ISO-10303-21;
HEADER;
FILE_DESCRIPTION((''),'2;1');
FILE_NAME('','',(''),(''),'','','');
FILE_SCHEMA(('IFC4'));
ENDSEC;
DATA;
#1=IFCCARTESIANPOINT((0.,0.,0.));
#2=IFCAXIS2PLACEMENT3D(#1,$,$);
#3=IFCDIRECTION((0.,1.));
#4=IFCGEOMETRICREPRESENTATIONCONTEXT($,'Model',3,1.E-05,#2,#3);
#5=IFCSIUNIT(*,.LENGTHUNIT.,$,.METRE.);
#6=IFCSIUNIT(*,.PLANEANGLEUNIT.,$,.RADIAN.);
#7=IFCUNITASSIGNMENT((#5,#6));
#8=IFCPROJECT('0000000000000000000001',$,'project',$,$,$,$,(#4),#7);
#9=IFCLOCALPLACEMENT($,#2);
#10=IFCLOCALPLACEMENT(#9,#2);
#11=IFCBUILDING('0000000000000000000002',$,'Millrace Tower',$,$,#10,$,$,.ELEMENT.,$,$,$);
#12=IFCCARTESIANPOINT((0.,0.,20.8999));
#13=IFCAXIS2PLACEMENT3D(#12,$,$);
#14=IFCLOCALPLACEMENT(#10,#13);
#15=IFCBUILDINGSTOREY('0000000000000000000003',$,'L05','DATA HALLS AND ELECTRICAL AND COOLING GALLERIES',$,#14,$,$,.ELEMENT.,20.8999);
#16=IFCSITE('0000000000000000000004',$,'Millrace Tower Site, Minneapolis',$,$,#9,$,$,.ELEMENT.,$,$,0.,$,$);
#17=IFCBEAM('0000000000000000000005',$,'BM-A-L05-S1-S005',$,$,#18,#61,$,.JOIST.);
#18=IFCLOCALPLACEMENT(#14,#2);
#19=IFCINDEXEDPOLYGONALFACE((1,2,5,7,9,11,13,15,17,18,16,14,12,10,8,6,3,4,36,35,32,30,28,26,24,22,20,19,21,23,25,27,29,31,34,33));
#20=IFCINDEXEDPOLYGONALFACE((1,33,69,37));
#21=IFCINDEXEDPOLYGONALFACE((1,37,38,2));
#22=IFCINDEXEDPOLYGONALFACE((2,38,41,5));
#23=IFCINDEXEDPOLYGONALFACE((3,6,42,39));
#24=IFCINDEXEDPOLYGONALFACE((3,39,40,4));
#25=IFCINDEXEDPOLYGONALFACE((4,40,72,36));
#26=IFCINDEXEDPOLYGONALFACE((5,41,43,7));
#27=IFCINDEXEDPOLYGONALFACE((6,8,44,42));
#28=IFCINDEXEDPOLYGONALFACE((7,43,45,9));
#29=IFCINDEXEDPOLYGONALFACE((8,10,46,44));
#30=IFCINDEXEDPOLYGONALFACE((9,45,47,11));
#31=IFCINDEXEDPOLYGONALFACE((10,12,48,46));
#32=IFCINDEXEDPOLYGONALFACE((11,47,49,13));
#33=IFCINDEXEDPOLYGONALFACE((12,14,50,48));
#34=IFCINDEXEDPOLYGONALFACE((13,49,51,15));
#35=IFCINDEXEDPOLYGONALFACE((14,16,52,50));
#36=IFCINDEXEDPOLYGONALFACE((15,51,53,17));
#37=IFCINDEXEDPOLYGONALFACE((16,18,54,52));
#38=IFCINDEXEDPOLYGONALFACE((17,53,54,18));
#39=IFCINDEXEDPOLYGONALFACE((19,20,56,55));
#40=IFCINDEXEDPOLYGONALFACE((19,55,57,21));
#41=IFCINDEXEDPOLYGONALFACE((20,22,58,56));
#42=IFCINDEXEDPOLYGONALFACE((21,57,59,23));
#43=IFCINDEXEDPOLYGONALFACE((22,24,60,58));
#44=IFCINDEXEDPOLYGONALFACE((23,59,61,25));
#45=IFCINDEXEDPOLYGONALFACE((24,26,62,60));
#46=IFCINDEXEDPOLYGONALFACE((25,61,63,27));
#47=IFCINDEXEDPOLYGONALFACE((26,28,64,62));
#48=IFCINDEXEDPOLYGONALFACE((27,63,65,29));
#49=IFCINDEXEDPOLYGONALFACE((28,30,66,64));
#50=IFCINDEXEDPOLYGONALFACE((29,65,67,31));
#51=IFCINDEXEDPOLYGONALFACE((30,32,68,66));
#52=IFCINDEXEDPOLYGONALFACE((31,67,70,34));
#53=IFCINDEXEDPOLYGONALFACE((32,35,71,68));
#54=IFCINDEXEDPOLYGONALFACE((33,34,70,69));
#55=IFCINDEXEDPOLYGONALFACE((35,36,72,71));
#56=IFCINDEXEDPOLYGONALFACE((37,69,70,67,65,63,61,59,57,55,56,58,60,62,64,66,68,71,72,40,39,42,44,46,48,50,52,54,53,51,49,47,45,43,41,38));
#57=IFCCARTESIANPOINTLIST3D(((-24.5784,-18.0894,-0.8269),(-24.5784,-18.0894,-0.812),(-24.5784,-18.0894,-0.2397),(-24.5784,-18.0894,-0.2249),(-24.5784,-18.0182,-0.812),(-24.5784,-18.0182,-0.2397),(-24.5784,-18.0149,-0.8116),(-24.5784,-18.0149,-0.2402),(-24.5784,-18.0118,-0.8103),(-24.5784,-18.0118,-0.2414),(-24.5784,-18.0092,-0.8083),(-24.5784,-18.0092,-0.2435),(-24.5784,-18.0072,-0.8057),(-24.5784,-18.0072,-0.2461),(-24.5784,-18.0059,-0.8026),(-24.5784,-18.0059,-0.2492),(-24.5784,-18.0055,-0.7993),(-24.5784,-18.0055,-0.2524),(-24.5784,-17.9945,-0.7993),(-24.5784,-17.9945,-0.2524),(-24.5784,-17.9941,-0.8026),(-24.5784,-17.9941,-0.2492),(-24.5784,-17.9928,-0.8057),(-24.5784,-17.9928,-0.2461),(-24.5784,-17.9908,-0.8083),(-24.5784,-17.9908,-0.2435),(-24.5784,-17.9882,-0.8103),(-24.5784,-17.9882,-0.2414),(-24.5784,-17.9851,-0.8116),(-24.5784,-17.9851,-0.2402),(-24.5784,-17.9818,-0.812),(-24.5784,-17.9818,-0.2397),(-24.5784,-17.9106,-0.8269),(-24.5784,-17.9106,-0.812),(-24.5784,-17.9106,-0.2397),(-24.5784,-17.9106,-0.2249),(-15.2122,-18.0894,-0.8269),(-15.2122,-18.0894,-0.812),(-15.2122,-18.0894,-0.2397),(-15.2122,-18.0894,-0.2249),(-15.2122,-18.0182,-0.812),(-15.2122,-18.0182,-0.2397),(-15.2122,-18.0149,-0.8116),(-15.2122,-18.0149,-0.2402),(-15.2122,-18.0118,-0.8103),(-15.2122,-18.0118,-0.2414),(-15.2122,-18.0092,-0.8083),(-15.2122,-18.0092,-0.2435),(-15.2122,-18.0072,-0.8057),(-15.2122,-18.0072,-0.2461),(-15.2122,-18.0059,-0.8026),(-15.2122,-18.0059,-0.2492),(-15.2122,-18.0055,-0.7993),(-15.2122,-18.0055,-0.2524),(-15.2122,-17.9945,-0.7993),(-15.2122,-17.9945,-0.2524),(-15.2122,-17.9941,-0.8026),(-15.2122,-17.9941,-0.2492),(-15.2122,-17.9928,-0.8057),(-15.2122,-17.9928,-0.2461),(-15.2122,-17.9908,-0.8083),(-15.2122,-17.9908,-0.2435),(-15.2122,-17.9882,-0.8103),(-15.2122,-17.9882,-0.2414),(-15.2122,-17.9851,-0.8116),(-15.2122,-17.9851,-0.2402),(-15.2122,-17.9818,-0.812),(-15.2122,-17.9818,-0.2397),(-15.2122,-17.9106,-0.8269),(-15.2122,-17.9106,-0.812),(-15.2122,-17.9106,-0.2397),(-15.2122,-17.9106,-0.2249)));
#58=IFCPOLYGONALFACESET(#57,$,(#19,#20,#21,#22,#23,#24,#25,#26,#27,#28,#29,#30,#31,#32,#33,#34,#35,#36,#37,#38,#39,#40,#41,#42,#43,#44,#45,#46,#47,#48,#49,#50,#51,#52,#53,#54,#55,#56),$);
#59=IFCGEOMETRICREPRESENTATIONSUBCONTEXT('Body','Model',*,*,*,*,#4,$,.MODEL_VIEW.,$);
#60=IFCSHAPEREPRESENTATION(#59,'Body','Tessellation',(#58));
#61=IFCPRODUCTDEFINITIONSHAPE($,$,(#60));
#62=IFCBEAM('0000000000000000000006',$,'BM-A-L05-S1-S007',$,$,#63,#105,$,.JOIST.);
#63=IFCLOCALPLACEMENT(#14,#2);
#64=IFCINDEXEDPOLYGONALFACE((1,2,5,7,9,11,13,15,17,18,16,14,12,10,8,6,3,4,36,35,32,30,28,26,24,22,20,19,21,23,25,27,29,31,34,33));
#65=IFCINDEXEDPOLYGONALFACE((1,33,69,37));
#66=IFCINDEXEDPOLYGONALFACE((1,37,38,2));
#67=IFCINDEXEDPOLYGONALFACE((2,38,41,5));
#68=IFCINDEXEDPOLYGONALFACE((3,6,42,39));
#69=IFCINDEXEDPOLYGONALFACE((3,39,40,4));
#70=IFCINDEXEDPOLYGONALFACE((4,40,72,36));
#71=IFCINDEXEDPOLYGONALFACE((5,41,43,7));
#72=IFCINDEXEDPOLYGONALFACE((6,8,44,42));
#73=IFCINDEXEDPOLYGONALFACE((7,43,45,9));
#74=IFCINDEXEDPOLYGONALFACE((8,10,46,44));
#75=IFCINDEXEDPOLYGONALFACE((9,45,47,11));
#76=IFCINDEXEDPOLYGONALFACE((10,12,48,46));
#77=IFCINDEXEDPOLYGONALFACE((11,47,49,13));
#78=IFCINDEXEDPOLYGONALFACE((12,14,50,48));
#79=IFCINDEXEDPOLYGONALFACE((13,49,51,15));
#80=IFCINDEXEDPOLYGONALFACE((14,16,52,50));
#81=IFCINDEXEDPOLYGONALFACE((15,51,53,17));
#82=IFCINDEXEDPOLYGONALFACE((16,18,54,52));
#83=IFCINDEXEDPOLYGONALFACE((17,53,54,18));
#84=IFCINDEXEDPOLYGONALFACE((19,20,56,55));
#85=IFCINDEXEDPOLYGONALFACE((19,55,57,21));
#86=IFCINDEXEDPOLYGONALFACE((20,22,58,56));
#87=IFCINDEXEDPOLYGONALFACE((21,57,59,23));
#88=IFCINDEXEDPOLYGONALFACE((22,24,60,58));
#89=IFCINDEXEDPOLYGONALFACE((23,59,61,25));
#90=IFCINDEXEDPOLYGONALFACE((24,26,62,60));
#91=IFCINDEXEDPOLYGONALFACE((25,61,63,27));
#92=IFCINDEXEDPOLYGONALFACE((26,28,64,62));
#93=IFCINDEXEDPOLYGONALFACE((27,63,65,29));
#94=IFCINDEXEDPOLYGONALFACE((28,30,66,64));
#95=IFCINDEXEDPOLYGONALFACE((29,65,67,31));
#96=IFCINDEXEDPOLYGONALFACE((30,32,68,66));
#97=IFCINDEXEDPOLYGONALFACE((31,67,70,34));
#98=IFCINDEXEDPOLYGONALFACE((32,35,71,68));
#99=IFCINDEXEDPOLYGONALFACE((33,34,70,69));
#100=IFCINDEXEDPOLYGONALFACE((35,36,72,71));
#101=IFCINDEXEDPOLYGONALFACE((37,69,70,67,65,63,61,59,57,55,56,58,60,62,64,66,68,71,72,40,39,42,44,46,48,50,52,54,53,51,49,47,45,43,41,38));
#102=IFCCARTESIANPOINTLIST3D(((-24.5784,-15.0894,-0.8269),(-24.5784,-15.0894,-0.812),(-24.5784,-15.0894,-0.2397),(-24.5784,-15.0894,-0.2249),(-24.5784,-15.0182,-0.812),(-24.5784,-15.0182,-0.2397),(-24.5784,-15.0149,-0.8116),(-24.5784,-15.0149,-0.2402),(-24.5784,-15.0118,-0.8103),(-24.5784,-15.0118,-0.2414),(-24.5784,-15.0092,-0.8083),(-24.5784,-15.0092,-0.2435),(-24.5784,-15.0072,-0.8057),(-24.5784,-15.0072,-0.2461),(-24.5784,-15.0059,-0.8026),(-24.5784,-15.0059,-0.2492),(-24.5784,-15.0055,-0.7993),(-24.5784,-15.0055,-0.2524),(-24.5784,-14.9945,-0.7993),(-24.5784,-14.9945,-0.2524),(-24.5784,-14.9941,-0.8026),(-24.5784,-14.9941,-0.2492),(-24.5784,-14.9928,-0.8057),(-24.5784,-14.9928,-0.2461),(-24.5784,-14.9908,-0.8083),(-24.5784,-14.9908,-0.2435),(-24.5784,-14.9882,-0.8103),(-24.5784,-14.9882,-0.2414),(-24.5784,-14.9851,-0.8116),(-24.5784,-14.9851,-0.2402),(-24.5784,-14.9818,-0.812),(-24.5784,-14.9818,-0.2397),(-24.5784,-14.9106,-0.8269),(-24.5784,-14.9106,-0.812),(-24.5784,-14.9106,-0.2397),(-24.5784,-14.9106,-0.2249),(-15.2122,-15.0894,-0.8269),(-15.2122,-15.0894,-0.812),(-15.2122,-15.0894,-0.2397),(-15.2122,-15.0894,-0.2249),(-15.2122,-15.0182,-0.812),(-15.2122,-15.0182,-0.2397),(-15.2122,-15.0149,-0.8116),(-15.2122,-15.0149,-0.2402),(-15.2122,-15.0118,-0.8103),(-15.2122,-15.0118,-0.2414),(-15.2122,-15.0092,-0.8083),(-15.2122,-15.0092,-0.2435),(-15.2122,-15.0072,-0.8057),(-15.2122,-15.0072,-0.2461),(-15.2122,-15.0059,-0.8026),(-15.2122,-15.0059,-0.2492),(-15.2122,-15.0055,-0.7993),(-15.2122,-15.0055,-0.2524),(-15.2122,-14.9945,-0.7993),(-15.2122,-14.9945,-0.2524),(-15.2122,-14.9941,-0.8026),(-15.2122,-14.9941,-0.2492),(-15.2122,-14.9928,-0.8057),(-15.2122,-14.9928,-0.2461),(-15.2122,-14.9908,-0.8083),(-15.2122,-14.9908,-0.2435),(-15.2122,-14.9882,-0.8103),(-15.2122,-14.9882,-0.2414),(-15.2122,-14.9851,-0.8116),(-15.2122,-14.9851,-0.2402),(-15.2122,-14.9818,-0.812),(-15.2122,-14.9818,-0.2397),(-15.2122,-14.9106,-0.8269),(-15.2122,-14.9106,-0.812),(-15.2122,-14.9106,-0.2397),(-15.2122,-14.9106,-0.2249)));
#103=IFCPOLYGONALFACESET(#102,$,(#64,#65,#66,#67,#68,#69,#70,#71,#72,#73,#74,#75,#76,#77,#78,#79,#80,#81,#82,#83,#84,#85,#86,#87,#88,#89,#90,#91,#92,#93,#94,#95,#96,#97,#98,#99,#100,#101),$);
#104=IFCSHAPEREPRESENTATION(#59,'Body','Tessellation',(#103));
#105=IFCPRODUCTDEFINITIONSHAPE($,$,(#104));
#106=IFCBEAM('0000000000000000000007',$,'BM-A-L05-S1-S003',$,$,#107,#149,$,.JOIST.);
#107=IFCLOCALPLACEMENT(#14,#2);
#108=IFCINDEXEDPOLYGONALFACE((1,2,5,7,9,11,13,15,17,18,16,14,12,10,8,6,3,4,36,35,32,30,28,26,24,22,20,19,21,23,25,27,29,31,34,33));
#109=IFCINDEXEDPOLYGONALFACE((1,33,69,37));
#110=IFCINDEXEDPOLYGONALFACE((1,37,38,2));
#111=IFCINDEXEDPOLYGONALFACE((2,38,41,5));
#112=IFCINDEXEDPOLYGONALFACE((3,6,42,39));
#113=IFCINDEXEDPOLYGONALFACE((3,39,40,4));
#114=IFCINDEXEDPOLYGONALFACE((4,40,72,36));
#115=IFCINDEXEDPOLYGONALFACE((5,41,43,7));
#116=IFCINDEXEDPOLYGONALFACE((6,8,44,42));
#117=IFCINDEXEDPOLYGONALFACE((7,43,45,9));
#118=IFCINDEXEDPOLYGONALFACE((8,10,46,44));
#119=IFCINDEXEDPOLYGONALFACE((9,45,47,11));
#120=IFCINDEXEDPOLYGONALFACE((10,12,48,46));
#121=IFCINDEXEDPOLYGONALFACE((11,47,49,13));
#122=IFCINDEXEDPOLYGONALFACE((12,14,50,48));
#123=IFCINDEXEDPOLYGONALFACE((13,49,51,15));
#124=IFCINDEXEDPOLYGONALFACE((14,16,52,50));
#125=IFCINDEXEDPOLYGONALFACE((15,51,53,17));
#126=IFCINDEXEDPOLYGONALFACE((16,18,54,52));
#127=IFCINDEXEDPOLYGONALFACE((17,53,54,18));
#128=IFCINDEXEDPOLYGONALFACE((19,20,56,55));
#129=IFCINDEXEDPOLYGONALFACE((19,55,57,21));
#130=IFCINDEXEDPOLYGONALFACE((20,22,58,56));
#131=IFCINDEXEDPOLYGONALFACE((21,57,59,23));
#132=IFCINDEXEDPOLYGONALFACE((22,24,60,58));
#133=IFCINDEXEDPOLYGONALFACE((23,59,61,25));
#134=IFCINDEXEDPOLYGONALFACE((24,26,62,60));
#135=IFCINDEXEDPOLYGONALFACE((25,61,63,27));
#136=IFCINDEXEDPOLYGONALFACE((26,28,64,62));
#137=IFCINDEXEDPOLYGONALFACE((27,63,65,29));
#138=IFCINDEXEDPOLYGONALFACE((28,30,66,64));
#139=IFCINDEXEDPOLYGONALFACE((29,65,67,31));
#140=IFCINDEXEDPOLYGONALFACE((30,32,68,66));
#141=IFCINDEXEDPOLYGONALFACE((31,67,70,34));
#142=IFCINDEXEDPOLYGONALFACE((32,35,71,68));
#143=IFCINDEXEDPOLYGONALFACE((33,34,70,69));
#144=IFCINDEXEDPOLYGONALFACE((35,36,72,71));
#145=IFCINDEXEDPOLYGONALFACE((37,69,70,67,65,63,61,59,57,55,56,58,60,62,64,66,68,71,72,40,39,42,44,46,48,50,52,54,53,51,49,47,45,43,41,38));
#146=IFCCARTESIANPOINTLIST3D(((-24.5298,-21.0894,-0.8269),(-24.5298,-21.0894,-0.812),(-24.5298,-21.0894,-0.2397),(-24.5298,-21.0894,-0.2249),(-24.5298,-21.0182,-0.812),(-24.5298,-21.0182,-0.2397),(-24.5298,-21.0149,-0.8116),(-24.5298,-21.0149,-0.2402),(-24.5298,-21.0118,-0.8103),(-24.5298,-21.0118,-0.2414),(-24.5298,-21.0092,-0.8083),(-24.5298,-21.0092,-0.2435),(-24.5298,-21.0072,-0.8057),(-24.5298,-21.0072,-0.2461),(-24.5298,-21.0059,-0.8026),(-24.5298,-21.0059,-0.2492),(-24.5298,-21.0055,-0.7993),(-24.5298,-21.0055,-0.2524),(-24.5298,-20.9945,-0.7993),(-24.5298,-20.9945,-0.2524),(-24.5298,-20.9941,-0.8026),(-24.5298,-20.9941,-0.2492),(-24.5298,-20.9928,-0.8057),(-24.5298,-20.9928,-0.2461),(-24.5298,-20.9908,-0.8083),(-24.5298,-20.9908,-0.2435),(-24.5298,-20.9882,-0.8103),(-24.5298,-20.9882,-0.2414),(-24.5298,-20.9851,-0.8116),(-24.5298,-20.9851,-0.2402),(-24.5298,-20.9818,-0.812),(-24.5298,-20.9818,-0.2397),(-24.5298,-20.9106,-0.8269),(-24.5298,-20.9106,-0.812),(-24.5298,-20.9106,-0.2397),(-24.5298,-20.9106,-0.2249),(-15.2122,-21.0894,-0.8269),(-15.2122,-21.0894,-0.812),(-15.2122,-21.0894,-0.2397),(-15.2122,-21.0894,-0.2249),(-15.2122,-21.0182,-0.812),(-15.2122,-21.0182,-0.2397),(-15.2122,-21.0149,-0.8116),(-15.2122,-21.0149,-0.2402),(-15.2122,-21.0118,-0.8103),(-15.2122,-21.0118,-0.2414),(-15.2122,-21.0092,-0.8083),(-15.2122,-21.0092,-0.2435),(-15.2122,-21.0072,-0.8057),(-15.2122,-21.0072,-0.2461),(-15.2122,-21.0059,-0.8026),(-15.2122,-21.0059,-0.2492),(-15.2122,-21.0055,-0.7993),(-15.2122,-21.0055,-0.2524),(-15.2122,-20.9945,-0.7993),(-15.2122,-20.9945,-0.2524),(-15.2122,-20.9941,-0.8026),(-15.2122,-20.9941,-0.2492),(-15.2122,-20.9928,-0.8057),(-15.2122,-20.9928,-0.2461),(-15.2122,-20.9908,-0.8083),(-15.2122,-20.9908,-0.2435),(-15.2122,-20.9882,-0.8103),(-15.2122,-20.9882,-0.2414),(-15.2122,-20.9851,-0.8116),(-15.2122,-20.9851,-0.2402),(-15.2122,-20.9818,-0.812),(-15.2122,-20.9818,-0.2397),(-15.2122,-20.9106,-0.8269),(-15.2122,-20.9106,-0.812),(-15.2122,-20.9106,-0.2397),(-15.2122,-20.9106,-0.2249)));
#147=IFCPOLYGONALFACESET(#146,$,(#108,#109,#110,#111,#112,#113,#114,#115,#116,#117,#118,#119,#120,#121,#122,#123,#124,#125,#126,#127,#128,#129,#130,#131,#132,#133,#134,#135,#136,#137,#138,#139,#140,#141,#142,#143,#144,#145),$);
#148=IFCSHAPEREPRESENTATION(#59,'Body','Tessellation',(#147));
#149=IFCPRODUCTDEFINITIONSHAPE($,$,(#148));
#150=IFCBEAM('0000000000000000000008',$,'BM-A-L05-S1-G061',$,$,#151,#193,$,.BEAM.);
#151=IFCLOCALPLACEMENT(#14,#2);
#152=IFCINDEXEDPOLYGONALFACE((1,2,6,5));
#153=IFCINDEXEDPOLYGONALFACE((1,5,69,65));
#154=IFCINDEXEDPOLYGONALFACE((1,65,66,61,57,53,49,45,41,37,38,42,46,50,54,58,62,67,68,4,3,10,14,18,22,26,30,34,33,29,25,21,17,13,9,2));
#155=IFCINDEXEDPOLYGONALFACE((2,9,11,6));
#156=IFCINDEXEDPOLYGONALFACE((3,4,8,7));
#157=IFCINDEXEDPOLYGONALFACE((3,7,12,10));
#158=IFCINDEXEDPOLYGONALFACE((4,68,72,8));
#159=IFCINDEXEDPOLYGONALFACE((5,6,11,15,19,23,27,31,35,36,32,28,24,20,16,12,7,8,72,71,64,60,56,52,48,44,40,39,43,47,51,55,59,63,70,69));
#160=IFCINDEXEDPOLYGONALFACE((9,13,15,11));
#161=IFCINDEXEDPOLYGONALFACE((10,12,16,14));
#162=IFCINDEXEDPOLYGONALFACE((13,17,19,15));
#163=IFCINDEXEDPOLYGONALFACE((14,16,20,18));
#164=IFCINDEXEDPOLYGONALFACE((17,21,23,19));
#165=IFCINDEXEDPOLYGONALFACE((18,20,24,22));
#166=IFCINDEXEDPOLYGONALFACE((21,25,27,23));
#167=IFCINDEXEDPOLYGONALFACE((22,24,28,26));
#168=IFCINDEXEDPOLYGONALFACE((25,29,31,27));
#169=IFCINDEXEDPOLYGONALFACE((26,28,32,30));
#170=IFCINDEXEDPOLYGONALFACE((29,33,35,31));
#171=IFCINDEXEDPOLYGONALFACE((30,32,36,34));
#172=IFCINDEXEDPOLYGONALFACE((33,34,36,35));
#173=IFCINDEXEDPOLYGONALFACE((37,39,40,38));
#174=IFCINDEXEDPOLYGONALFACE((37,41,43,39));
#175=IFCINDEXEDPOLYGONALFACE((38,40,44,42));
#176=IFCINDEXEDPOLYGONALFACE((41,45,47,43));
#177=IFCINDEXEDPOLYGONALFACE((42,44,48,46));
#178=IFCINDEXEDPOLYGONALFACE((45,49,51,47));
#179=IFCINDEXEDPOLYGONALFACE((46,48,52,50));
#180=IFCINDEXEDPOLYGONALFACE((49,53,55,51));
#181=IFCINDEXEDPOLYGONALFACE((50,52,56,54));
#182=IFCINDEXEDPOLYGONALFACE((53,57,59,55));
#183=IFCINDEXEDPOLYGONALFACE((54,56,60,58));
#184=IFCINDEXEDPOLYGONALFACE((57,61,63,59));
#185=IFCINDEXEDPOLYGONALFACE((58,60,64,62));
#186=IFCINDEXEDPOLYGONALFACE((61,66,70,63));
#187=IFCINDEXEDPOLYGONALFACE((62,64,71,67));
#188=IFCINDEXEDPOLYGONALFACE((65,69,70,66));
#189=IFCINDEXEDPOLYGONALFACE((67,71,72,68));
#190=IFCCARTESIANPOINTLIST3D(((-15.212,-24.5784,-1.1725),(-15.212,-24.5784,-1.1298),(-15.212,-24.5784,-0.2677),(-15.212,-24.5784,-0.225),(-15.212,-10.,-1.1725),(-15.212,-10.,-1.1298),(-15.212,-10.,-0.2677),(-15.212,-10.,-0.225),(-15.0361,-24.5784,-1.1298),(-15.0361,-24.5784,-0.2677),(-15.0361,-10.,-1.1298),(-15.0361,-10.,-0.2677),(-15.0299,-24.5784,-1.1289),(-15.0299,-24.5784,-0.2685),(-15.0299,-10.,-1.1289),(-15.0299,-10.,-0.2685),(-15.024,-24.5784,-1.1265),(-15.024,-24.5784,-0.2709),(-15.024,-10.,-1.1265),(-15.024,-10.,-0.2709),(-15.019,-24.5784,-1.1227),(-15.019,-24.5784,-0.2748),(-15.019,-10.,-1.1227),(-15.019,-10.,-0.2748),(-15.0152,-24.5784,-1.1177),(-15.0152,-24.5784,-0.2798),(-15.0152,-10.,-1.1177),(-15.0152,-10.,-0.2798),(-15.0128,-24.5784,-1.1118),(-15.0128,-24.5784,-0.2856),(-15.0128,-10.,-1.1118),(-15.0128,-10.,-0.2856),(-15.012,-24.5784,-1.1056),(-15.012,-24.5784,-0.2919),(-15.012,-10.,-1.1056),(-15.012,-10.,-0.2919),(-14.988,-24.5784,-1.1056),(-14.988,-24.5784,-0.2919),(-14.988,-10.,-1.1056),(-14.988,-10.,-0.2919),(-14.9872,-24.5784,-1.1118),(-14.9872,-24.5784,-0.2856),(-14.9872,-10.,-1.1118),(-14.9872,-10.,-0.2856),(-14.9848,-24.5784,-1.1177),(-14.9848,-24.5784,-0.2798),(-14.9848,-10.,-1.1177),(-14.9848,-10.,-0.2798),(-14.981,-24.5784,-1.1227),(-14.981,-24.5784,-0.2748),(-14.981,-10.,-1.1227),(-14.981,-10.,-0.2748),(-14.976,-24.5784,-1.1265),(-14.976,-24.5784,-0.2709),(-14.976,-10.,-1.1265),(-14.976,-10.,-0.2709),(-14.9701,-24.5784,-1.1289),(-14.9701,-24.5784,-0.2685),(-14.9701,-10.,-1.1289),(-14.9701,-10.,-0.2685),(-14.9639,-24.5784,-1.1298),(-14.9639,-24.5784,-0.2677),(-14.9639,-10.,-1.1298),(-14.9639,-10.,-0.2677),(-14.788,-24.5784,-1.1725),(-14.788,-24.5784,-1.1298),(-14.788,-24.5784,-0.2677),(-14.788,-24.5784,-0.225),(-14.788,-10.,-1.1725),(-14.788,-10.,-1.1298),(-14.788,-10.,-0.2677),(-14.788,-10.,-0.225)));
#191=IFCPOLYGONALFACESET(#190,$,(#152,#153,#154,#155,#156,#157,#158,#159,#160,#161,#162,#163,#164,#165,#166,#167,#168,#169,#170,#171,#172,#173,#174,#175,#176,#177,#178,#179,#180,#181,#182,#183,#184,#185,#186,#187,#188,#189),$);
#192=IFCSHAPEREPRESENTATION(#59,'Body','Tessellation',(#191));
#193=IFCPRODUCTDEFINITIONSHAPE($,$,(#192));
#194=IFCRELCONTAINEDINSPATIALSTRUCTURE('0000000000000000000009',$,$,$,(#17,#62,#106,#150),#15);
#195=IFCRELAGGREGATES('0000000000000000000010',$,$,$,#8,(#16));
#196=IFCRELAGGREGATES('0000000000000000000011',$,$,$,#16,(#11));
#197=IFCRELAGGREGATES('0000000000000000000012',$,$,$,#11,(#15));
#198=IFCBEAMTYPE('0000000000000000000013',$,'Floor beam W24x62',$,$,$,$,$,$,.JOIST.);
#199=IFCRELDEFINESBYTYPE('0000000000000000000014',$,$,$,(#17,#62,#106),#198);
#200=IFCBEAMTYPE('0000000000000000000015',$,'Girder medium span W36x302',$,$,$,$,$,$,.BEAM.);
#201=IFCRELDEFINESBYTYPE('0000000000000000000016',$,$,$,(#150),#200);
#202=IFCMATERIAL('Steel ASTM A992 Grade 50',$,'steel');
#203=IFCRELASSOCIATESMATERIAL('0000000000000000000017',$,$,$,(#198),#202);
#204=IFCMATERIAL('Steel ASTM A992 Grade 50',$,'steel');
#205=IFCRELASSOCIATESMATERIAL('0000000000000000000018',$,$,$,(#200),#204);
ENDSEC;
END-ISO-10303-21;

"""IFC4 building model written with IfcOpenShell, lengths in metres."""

from ifc_helpers import new_model, si_unit, direction, frame, origin, origin_2d, place, context, subcontext, project, spatial, i_section, extrude, material, material_profile, profile_set, type_object, element, save


model = new_model("IFC4")

# Units and contexts
model_context = context("Model", 3, precision=1e-05, world=origin(), true_north=direction((0.0, 1.0)))
body_context = subcontext(model_context, "Body", "Model", "MODEL_VIEW")
ifc_project = project(units=[si_unit("LENGTHUNIT", "METRE"), si_unit("PLANEANGLEUNIT", "RADIAN")], contexts=[model_context])

# Site, building, storey
site_placement = place(None, origin())
site = spatial("IfcSite", under=ifc_project, at=site_placement, Name="Millrace Tower Site, Minneapolis", CompositionType="ELEMENT", RefElevation=0.0)
building_placement = place(site_placement, origin())
building = spatial("IfcBuilding", under=site, at=building_placement, Name="Millrace Tower", CompositionType="ELEMENT")
storey_placement = place(building_placement, frame((0.0, 0.0, 20.8999)))
storey = spatial("IfcBuildingStorey", under=building, at=storey_placement, Name="L05", Description="DATA HALLS AND ELECTRICAL AND COOLING GALLERIES", CompositionType="ELEMENT", Elevation=20.8999)

# Beams
ifc_material_1 = material(Name="Steel ASTM A992 Grade 50", Category="steel")
ifc_material_profile_1 = material_profile(ifc_material_1, i_section(OverallWidth=0.1787, OverallDepth=0.6021, WebThickness=0.011, FlangeThickness=0.0149, FilletRadius=0.0127, at=origin_2d()))
ifc_profile_set_1 = profile_set([ifc_material_profile_1], Name="Steel ASTM A992 Grade 50")
beam_type_1 = type_object("IfcBeamType", Name="Floor beam W24x62", PredefinedType="JOIST", material=ifc_profile_set_1)
for number, where, z_axis, x_axis, name in (
    (1, (-24.5784, -18.0, -0.5259), (1.0, 0.0, 0.0), (0.0, 1.0, 0.0), "BM-A-L05-S1-S005"),
    (2, (-24.5784, -15.0, -0.5259), (1.0, 0.0, 0.0), (0.0, 1.0, 0.0), "BM-A-L05-S1-S007"),
):
    element("IfcBeam", number, at=place(storey_placement, frame(where, z_axis=z_axis, x_axis=x_axis)), inside=storey, type_object=beam_type_1, Name=name, PredefinedType="JOIST", context=body_context, shape_type="SweptSolid", body=[
        extrude(i_section(OverallWidth=0.1787, OverallDepth=0.6021, WebThickness=0.011, FlangeThickness=0.0149, FilletRadius=0.0127, at=origin_2d()), origin(), (0.0, 0.0, 1.0), 9.3662),
    ])
beam_1_placement = place(storey_placement, frame((-24.5298, -21.0, -0.5259), z_axis=(1.0, 0.0, 0.0), x_axis=(0.0, 1.0, 0.0)))
element("IfcBeam", 3, at=beam_1_placement, inside=storey, type_object=beam_type_1, Name="BM-A-L05-S1-S003", PredefinedType="JOIST", context=body_context, shape_type="SweptSolid", body=[
    extrude(i_section(OverallWidth=0.1787, OverallDepth=0.6021, WebThickness=0.011, FlangeThickness=0.0149, FilletRadius=0.0127, at=origin_2d()), origin(), (0.0, 0.0, 1.0), 9.3176),
])
ifc_material_2 = material(Name="Steel ASTM A992 Grade 50", Category="steel")
ifc_material_profile_2 = material_profile(ifc_material_2, i_section(OverallWidth=0.4241, OverallDepth=0.9475, WebThickness=0.0239, FlangeThickness=0.0427, FilletRadius=0.0242, at=origin_2d()))
ifc_profile_set_2 = profile_set([ifc_material_profile_2], Name="Steel ASTM A992 Grade 50")
beam_type_2 = type_object("IfcBeamType", Name="Girder medium span W36x302", PredefinedType="BEAM", material=ifc_profile_set_2)
beam_2_placement = place(storey_placement, frame((-15.0, -24.5784, -0.6987), z_axis=(0.0, 1.0, 0.0), x_axis=(-1.0, 0.0, 0.0)))
element("IfcBeam", 4, at=beam_2_placement, inside=storey, type_object=beam_type_2, Name="BM-A-L05-S1-G061", PredefinedType="BEAM", context=body_context, shape_type="SweptSolid", body=[
    extrude(i_section(OverallWidth=0.4241, OverallDepth=0.9475, WebThickness=0.0239, FlangeThickness=0.0427, FilletRadius=0.0242, at=origin_2d()), origin(), (0.0, 0.0, 1.0), 14.5784),
])

save(model, "model.ifc")
